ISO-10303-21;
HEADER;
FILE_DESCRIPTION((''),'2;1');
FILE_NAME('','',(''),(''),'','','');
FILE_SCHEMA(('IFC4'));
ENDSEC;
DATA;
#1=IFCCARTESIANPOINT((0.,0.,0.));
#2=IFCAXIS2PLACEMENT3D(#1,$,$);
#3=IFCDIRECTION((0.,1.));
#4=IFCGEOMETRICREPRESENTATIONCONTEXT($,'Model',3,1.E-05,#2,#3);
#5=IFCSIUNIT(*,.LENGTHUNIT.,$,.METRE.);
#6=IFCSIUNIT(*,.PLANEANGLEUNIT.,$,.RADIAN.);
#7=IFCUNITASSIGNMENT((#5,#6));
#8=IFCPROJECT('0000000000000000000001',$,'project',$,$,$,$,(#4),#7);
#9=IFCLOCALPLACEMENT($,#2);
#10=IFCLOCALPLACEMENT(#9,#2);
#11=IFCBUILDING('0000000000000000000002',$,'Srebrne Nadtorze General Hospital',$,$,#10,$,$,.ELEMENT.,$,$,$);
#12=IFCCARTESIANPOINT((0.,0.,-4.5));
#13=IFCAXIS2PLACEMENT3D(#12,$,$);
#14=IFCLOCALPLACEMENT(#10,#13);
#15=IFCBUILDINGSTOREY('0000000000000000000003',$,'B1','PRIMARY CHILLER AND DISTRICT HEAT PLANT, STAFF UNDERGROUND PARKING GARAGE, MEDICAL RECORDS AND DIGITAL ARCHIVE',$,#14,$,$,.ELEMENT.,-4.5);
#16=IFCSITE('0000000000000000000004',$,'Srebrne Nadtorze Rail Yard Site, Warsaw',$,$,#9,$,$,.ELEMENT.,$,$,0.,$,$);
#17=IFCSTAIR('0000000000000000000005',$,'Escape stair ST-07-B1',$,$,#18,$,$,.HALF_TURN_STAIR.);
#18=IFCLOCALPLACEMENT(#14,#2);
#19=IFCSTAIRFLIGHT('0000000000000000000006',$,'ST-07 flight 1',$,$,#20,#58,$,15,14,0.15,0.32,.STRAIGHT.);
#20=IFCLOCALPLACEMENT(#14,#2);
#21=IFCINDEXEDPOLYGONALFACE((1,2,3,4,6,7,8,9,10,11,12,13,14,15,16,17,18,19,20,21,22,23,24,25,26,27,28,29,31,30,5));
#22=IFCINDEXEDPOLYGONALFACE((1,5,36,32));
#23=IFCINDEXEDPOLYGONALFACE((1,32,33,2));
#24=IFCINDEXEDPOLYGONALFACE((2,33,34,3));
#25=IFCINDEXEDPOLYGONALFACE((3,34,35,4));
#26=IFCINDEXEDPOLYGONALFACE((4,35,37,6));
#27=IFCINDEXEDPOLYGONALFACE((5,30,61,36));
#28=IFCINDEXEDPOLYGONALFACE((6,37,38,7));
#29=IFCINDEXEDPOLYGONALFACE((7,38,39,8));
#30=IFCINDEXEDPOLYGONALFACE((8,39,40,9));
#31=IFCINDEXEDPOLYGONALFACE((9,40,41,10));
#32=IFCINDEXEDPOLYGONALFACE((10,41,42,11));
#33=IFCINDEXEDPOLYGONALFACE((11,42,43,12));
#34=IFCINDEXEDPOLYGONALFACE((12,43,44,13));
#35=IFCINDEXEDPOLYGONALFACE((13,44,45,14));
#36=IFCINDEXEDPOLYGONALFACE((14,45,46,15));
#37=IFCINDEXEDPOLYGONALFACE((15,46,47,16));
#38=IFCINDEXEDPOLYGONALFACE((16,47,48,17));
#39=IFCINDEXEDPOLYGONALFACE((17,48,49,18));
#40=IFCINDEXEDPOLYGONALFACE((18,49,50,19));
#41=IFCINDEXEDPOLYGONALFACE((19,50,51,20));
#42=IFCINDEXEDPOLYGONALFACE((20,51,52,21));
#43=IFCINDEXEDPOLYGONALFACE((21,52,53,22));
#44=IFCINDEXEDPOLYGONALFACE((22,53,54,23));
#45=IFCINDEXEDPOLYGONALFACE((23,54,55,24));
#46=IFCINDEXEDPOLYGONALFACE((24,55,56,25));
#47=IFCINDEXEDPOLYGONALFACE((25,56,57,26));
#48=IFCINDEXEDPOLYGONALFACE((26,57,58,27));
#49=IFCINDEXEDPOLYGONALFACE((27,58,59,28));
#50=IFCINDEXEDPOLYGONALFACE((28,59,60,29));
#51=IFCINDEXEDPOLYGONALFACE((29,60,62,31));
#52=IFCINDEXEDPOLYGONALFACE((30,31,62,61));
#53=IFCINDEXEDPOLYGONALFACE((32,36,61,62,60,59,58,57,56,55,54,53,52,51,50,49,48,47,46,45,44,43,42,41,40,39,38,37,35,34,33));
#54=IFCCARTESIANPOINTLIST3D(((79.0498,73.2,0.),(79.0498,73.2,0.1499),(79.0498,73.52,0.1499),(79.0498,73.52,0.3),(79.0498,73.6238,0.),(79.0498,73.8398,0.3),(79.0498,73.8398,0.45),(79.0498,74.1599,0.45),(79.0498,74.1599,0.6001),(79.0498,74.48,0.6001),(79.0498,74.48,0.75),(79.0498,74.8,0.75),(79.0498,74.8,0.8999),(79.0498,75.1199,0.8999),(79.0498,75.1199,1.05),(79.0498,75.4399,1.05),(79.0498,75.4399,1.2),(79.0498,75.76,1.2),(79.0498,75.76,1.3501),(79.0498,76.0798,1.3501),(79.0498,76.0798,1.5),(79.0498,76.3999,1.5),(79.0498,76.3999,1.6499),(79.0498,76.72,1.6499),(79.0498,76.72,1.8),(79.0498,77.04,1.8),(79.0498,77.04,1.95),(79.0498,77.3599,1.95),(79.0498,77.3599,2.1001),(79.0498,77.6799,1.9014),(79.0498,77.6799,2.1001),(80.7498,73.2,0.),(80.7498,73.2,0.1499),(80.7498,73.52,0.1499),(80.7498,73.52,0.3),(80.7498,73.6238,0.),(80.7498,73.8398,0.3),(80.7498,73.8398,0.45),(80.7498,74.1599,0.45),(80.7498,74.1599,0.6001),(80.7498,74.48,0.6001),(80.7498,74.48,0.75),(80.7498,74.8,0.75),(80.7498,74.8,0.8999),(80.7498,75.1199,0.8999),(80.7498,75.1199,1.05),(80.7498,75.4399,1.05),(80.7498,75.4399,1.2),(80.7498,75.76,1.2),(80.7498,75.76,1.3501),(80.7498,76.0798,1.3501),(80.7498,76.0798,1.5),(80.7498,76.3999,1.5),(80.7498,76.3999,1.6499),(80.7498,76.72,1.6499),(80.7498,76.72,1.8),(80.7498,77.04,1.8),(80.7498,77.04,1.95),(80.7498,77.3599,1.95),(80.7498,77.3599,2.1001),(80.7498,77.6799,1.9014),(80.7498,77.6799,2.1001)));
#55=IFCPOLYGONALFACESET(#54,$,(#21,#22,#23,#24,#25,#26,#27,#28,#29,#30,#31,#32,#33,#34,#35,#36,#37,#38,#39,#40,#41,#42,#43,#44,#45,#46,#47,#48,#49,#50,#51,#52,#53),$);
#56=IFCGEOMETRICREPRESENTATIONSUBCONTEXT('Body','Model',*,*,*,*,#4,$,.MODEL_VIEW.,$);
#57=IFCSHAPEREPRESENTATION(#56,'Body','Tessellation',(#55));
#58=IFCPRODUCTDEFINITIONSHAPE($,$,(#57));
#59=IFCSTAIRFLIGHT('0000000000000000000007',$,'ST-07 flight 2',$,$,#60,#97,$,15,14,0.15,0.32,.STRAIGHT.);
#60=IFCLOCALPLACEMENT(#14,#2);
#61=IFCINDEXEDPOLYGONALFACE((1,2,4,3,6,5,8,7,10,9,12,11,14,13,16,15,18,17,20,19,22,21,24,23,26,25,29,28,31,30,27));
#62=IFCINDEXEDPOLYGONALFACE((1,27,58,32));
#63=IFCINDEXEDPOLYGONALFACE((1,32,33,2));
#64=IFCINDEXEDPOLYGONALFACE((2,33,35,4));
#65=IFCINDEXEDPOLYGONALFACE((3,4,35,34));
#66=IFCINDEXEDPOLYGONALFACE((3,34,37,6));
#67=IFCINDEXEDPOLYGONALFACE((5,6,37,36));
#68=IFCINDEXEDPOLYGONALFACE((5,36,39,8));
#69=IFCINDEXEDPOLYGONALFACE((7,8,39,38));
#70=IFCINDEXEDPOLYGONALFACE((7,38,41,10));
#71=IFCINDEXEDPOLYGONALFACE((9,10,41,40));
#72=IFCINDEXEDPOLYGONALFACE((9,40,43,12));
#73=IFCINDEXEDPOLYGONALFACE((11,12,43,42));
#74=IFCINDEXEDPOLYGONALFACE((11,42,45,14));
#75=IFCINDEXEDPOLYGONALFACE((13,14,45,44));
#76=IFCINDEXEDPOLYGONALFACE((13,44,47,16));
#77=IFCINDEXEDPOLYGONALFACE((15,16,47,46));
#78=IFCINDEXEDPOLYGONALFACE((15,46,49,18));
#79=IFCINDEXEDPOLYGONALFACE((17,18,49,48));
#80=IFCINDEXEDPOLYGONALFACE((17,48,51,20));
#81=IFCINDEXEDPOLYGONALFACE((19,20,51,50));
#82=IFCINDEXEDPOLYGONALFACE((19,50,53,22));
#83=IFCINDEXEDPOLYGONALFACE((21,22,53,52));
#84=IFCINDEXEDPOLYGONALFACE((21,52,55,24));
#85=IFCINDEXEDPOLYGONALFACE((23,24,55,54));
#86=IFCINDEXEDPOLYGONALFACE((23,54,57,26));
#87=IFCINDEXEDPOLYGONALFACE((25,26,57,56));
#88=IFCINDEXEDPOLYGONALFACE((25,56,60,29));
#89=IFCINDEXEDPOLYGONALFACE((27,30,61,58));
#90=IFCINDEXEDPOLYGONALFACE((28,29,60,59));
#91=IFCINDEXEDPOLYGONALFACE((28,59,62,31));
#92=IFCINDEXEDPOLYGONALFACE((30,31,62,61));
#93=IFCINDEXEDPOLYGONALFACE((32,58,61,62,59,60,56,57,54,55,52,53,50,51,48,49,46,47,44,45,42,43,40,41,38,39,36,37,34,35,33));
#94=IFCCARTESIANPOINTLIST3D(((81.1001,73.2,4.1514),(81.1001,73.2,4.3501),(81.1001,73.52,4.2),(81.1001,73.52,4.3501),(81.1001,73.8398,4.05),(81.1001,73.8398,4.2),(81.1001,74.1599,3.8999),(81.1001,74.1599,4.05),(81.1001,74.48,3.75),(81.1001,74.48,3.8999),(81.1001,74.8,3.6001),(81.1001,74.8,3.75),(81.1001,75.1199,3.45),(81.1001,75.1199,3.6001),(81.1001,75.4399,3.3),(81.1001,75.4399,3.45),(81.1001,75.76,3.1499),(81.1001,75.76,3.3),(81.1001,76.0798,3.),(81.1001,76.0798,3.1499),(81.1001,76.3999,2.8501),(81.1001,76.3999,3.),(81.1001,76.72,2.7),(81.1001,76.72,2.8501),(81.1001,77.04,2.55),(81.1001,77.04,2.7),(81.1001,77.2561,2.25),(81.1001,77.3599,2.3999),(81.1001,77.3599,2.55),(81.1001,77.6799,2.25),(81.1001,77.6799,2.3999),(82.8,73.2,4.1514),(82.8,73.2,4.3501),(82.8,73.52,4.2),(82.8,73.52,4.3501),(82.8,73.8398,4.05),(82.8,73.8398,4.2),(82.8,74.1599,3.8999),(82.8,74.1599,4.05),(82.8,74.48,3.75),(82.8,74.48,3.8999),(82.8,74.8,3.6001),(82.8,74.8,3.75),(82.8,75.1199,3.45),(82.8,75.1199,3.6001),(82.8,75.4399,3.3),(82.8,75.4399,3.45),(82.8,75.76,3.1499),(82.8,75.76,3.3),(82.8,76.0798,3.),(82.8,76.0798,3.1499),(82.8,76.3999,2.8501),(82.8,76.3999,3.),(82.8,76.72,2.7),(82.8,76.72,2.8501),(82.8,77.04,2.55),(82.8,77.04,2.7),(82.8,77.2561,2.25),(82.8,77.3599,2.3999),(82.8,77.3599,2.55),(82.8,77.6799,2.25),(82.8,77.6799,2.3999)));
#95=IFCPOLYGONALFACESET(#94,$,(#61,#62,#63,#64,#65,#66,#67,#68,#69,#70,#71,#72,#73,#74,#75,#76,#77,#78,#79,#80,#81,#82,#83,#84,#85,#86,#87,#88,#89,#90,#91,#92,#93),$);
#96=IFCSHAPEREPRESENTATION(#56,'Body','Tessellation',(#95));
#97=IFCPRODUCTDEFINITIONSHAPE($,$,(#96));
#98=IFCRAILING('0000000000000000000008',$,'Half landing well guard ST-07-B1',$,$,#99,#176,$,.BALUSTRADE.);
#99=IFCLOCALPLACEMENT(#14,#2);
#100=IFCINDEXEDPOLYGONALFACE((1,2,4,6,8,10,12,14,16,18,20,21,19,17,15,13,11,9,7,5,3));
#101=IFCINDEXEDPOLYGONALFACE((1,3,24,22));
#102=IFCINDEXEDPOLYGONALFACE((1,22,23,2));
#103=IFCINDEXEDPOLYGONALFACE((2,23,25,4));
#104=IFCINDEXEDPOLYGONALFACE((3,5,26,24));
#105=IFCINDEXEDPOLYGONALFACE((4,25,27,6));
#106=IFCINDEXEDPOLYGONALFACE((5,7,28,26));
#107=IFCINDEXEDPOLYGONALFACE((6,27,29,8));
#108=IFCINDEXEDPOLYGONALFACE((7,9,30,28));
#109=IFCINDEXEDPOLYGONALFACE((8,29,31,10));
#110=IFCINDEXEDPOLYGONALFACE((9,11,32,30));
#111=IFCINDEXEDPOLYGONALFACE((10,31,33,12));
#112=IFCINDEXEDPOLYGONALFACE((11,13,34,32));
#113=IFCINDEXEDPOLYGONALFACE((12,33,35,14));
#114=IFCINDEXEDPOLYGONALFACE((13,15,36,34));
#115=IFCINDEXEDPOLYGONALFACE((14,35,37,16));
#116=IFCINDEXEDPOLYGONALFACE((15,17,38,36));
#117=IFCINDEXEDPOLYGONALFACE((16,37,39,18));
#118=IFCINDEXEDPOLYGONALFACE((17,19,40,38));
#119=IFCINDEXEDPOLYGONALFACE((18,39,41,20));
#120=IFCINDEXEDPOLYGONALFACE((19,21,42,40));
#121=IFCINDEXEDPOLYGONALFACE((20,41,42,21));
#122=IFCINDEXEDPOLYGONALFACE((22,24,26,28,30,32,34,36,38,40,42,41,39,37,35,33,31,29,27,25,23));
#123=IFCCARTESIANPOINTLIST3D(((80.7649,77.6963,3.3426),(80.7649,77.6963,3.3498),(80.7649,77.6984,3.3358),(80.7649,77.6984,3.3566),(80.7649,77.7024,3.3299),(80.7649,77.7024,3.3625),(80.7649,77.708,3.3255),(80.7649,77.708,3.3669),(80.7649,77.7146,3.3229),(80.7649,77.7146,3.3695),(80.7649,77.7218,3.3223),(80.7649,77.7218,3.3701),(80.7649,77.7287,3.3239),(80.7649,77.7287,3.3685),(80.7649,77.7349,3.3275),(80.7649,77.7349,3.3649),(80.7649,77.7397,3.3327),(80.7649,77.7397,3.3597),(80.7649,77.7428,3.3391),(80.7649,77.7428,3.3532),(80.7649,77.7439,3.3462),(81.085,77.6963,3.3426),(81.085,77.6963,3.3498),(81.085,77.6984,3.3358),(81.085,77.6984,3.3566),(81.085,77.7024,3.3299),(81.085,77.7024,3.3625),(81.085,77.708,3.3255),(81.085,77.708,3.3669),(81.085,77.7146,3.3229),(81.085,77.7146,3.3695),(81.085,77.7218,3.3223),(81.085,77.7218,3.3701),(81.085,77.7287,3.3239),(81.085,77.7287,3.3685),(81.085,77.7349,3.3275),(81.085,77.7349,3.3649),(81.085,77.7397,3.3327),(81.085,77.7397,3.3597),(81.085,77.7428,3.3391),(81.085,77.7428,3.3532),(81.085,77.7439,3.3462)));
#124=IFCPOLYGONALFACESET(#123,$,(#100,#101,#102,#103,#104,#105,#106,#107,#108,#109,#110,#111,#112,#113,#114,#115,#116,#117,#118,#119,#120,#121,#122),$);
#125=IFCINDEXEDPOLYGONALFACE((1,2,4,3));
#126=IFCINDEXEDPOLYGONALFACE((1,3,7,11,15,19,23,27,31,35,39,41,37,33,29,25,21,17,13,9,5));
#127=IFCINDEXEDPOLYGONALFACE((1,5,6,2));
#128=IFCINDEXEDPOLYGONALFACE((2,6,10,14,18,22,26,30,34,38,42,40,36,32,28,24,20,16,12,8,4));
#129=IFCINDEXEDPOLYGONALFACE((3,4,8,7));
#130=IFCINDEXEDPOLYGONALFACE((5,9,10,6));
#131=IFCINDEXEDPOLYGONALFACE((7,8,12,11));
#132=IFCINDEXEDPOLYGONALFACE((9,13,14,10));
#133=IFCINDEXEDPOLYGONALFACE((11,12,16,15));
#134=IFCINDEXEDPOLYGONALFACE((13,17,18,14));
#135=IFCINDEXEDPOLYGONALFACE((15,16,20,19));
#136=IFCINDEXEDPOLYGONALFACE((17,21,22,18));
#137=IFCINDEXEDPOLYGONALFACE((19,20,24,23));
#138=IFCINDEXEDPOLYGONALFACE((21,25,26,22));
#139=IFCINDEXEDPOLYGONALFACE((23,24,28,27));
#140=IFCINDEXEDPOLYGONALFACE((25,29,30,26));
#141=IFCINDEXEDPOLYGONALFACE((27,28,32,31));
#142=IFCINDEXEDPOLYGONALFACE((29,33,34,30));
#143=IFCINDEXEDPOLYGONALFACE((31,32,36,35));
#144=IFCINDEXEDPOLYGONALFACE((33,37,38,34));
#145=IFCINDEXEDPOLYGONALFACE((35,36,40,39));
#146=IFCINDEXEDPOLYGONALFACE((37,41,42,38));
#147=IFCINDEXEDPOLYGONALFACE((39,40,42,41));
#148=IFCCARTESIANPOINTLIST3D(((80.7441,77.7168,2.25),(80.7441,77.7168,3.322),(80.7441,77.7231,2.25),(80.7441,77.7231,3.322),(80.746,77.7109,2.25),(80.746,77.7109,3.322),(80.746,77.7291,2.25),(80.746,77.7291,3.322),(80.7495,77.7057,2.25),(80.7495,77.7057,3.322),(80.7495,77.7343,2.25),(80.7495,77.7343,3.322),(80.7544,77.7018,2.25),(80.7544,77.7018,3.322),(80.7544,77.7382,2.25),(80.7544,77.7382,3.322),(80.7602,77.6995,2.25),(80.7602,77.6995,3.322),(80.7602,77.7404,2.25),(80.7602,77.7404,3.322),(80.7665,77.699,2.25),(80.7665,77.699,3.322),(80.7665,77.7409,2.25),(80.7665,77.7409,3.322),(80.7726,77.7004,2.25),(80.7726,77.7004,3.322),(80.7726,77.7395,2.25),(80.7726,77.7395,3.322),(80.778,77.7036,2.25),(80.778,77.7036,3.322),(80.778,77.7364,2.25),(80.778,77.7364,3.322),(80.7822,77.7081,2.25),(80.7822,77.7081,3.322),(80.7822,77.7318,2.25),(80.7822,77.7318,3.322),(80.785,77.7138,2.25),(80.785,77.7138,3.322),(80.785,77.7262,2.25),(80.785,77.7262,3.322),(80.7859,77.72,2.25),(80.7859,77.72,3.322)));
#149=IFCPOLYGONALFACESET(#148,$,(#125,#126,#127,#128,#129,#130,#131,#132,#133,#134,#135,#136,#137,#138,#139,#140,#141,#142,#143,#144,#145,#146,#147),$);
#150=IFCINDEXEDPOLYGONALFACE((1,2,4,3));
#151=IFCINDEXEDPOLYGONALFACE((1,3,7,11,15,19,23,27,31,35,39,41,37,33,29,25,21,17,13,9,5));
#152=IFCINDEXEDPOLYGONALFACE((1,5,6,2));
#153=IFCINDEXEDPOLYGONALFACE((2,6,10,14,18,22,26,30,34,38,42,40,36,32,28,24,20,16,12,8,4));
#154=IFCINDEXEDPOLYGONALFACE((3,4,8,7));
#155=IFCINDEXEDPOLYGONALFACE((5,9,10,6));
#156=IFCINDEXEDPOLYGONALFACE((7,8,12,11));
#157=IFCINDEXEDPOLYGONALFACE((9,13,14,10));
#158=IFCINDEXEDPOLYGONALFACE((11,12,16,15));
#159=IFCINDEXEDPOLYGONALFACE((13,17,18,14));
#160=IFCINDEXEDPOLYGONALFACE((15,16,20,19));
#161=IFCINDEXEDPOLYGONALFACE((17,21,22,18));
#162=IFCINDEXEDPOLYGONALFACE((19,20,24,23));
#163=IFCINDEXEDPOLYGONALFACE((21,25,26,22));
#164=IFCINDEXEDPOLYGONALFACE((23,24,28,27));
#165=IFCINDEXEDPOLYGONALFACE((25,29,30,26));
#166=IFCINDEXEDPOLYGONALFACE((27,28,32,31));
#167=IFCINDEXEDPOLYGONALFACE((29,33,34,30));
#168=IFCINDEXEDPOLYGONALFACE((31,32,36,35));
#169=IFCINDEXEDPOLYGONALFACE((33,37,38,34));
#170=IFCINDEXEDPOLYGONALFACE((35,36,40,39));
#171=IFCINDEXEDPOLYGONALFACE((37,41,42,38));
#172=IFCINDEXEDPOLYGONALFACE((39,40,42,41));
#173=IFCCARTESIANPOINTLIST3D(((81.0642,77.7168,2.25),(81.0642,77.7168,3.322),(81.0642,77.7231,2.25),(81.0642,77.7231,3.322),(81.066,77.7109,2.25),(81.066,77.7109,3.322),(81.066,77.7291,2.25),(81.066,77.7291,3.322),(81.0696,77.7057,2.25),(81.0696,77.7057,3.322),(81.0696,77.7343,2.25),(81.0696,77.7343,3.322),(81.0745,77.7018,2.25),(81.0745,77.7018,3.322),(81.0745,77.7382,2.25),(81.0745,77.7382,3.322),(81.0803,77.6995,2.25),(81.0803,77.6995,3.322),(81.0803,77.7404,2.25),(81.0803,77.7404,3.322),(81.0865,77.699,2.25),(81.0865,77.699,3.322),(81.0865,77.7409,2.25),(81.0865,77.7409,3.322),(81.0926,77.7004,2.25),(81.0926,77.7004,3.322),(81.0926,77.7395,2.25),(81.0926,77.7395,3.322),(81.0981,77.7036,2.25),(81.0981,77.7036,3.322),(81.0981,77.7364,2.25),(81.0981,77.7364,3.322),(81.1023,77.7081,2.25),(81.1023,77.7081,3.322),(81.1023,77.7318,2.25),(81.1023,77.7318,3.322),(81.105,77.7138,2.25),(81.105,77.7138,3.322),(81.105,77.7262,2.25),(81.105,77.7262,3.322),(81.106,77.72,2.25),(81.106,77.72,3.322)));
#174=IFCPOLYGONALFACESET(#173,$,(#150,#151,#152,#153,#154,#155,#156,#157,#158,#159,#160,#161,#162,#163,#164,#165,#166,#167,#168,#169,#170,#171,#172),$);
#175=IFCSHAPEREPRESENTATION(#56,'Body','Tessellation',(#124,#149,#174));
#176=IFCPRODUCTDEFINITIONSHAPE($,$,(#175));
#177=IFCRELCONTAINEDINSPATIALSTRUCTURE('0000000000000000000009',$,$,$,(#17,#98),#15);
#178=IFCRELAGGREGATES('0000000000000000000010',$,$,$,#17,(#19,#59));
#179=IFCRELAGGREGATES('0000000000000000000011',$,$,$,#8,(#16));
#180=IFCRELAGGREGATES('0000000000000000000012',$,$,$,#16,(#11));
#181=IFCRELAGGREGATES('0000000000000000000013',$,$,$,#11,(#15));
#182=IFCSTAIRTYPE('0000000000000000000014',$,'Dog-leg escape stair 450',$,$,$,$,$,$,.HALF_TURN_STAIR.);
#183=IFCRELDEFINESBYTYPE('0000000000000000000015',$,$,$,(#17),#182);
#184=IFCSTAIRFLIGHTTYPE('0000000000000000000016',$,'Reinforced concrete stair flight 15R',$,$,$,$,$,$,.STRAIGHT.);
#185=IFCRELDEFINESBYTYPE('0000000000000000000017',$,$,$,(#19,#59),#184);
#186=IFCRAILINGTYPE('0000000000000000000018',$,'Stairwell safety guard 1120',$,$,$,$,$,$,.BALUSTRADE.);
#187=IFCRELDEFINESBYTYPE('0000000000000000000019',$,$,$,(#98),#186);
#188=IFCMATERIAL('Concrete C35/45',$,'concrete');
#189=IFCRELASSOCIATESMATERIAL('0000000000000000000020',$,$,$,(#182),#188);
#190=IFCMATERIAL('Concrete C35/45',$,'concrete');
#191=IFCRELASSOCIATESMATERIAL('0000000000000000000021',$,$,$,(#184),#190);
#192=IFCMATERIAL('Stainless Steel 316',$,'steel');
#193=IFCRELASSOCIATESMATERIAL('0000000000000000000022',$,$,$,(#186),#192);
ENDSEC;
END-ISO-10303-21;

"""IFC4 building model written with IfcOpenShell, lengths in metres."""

from ifc_helpers import new_model, si_unit, direction, frame, origin, origin_2d, place, context, subcontext, project, spatial, polyline, circle, outline, extrude, material, type_object, element, aggregate, save


model = new_model("IFC4")

# Units and contexts
model_context = context("Model", 3, precision=1e-05, world=origin(), true_north=direction((0.0, 1.0)))
body_context = subcontext(model_context, "Body", "Model", "MODEL_VIEW")
ifc_project = project(units=[si_unit("LENGTHUNIT", "METRE"), si_unit("PLANEANGLEUNIT", "RADIAN")], contexts=[model_context])

# Site, building, storey
site_placement = place(None, origin())
site = spatial("IfcSite", under=ifc_project, at=site_placement, Name="Srebrne Nadtorze Rail Yard Site, Warsaw", CompositionType="ELEMENT", RefElevation=0.0)
building_placement = place(site_placement, origin())
building = spatial("IfcBuilding", under=site, at=building_placement, Name="Srebrne Nadtorze General Hospital", CompositionType="ELEMENT")
storey_placement = place(building_placement, frame((0.0, 0.0, -4.5)))
storey = spatial("IfcBuildingStorey", under=building, at=storey_placement, Name="B1", Description="PRIMARY CHILLER AND DISTRICT HEAT PLANT, STAFF UNDERGROUND PARKING GARAGE, MEDICAL RECORDS AND DIGITAL ARCHIVE", CompositionType="ELEMENT", Elevation=-4.5)

# Stair, stair flights
ifc_material_1 = material(Name="Concrete C35/45", Category="concrete")
stair_type = type_object("IfcStairType", Name="Dog-leg escape stair 450", PredefinedType="HALF_TURN_STAIR", material=ifc_material_1)
stair_placement = place(storey_placement, origin())
stair = element("IfcStair", 1, at=stair_placement, inside=storey, type_object=stair_type, Name="Escape stair ST-07-B1", PredefinedType="HALF_TURN_STAIR")
ifc_material_2 = material(Name="Concrete C35/45", Category="concrete")
stair_flight_type = type_object("IfcStairFlightType", Name="Reinforced concrete stair flight 15R", PredefinedType="STRAIGHT", material=ifc_material_2)
stair_flight_1_placement = place(storey_placement, frame((79.8999, 73.2, 0.0), z_axis=(0.0, 0.0, 1.0), x_axis=(0.0, 1.0, 0.0)))
stair_flight_1 = element("IfcStairFlight", 2, at=stair_flight_1_placement, type_object=stair_flight_type, Name="ST-07 flight 1", NumberOfRisers=15, NumberOfTreads=14, PredefinedType="STRAIGHT", RiserHeight=0.15, TreadLength=0.32, context=body_context, shape_type="SweptSolid", body=[
    extrude(outline(polyline([(0.0, 0.0), (0.0, 0.1499), (0.3201, 0.1499), (0.3201, 0.3), (0.6399, 0.3), (0.6399, 0.45), (0.96, 0.45), (0.96, 0.6001), (1.28, 0.6001), (1.28, 0.75), (1.6001, 0.75), (1.6001, 0.8999), (1.9199, 0.8999), (1.9199, 1.05), (2.24, 1.05), (2.24, 1.2), (2.5601, 1.2), (2.5601, 1.3501), (2.8799, 1.3501), (2.8799, 1.5), (3.2, 1.5), (3.2, 1.6499), (3.52, 1.6499), (3.52, 1.8), (3.8401, 1.8), (3.8401, 1.95), (4.1599, 1.95), (4.1599, 2.1001), (4.48, 2.1001), (4.48, 2.25), (4.48, 1.9014), (0.4238, 0.0), (0.0, 0.0)])), frame((0.0, 0.8501, 0.0), z_axis=(0.0, -1.0, 0.0), x_axis=(1.0, 0.0, 0.0)), (0.0, 0.0, 1.0), 1.7),
])
stair_flight_2_placement = place(storey_placement, frame((81.95, 77.6799, 2.25), z_axis=(0.0, 0.0, 1.0), x_axis=(0.0, -1.0, 0.0)))
stair_flight_2 = element("IfcStairFlight", 3, at=stair_flight_2_placement, type_object=stair_flight_type, Name="ST-07 flight 2", NumberOfRisers=15, NumberOfTreads=14, PredefinedType="STRAIGHT", RiserHeight=0.15, TreadLength=0.32, context=body_context, shape_type="SweptSolid", body=[
    extrude(outline(polyline([(0.0, 0.0), (0.0, 0.1499), (0.3201, 0.1499), (0.3201, 0.3), (0.6399, 0.3), (0.6399, 0.45), (0.96, 0.45), (0.96, 0.6001), (1.28, 0.6001), (1.28, 0.75), (1.6001, 0.75), (1.6001, 0.8999), (1.9199, 0.8999), (1.9199, 1.05), (2.24, 1.05), (2.24, 1.2), (2.5601, 1.2), (2.5601, 1.3501), (2.8799, 1.3501), (2.8799, 1.5), (3.2, 1.5), (3.2, 1.6499), (3.52, 1.6499), (3.52, 1.8), (3.8401, 1.8), (3.8401, 1.95), (4.1599, 1.95), (4.1599, 2.1001), (4.48, 2.1001), (4.48, 2.25), (4.48, 1.9014), (0.4238, 0.0), (0.0, 0.0)])), frame((0.0, 0.8501, 0.0), z_axis=(0.0, -1.0, 0.0), x_axis=(1.0, 0.0, 0.0)), (0.0, 0.0, 1.0), 1.7),
])
aggregate(stair, [stair_flight_1, stair_flight_2])

# Railing
ifc_material_3 = material(Name="Stainless Steel 316", Category="steel")
railing_type_1 = type_object("IfcRailingType", Name="Stairwell safety guard 1120", PredefinedType="BALUSTRADE", material=ifc_material_3)
railing_1_placement = place(storey_placement, frame((80.7649, 77.72, 2.25)))
element("IfcRailing", 4, at=railing_1_placement, inside=storey, type_object=railing_type_1, Name="Half landing well guard ST-07-B1", PredefinedType="BALUSTRADE", context=body_context, shape_type="SweptSolid", body=[
    extrude(circle(Radius=0.0239, at=origin_2d()), frame((0.0, 0.0, 1.0962), z_axis=(1.0, 0.0, 0.0), x_axis=(0.0, 1.0, 0.0)), (0.0, 0.0, 1.0), 0.3201),
    extrude(circle(Radius=0.021, at=origin_2d()), origin(), (0.0, 0.0, 1.0), 1.072),
    extrude(circle(Radius=0.021, at=origin_2d()), frame((0.3201, 0.0, 0.0)), (0.0, 0.0, 1.0), 1.072),
])

save(model, "model.ifc")
